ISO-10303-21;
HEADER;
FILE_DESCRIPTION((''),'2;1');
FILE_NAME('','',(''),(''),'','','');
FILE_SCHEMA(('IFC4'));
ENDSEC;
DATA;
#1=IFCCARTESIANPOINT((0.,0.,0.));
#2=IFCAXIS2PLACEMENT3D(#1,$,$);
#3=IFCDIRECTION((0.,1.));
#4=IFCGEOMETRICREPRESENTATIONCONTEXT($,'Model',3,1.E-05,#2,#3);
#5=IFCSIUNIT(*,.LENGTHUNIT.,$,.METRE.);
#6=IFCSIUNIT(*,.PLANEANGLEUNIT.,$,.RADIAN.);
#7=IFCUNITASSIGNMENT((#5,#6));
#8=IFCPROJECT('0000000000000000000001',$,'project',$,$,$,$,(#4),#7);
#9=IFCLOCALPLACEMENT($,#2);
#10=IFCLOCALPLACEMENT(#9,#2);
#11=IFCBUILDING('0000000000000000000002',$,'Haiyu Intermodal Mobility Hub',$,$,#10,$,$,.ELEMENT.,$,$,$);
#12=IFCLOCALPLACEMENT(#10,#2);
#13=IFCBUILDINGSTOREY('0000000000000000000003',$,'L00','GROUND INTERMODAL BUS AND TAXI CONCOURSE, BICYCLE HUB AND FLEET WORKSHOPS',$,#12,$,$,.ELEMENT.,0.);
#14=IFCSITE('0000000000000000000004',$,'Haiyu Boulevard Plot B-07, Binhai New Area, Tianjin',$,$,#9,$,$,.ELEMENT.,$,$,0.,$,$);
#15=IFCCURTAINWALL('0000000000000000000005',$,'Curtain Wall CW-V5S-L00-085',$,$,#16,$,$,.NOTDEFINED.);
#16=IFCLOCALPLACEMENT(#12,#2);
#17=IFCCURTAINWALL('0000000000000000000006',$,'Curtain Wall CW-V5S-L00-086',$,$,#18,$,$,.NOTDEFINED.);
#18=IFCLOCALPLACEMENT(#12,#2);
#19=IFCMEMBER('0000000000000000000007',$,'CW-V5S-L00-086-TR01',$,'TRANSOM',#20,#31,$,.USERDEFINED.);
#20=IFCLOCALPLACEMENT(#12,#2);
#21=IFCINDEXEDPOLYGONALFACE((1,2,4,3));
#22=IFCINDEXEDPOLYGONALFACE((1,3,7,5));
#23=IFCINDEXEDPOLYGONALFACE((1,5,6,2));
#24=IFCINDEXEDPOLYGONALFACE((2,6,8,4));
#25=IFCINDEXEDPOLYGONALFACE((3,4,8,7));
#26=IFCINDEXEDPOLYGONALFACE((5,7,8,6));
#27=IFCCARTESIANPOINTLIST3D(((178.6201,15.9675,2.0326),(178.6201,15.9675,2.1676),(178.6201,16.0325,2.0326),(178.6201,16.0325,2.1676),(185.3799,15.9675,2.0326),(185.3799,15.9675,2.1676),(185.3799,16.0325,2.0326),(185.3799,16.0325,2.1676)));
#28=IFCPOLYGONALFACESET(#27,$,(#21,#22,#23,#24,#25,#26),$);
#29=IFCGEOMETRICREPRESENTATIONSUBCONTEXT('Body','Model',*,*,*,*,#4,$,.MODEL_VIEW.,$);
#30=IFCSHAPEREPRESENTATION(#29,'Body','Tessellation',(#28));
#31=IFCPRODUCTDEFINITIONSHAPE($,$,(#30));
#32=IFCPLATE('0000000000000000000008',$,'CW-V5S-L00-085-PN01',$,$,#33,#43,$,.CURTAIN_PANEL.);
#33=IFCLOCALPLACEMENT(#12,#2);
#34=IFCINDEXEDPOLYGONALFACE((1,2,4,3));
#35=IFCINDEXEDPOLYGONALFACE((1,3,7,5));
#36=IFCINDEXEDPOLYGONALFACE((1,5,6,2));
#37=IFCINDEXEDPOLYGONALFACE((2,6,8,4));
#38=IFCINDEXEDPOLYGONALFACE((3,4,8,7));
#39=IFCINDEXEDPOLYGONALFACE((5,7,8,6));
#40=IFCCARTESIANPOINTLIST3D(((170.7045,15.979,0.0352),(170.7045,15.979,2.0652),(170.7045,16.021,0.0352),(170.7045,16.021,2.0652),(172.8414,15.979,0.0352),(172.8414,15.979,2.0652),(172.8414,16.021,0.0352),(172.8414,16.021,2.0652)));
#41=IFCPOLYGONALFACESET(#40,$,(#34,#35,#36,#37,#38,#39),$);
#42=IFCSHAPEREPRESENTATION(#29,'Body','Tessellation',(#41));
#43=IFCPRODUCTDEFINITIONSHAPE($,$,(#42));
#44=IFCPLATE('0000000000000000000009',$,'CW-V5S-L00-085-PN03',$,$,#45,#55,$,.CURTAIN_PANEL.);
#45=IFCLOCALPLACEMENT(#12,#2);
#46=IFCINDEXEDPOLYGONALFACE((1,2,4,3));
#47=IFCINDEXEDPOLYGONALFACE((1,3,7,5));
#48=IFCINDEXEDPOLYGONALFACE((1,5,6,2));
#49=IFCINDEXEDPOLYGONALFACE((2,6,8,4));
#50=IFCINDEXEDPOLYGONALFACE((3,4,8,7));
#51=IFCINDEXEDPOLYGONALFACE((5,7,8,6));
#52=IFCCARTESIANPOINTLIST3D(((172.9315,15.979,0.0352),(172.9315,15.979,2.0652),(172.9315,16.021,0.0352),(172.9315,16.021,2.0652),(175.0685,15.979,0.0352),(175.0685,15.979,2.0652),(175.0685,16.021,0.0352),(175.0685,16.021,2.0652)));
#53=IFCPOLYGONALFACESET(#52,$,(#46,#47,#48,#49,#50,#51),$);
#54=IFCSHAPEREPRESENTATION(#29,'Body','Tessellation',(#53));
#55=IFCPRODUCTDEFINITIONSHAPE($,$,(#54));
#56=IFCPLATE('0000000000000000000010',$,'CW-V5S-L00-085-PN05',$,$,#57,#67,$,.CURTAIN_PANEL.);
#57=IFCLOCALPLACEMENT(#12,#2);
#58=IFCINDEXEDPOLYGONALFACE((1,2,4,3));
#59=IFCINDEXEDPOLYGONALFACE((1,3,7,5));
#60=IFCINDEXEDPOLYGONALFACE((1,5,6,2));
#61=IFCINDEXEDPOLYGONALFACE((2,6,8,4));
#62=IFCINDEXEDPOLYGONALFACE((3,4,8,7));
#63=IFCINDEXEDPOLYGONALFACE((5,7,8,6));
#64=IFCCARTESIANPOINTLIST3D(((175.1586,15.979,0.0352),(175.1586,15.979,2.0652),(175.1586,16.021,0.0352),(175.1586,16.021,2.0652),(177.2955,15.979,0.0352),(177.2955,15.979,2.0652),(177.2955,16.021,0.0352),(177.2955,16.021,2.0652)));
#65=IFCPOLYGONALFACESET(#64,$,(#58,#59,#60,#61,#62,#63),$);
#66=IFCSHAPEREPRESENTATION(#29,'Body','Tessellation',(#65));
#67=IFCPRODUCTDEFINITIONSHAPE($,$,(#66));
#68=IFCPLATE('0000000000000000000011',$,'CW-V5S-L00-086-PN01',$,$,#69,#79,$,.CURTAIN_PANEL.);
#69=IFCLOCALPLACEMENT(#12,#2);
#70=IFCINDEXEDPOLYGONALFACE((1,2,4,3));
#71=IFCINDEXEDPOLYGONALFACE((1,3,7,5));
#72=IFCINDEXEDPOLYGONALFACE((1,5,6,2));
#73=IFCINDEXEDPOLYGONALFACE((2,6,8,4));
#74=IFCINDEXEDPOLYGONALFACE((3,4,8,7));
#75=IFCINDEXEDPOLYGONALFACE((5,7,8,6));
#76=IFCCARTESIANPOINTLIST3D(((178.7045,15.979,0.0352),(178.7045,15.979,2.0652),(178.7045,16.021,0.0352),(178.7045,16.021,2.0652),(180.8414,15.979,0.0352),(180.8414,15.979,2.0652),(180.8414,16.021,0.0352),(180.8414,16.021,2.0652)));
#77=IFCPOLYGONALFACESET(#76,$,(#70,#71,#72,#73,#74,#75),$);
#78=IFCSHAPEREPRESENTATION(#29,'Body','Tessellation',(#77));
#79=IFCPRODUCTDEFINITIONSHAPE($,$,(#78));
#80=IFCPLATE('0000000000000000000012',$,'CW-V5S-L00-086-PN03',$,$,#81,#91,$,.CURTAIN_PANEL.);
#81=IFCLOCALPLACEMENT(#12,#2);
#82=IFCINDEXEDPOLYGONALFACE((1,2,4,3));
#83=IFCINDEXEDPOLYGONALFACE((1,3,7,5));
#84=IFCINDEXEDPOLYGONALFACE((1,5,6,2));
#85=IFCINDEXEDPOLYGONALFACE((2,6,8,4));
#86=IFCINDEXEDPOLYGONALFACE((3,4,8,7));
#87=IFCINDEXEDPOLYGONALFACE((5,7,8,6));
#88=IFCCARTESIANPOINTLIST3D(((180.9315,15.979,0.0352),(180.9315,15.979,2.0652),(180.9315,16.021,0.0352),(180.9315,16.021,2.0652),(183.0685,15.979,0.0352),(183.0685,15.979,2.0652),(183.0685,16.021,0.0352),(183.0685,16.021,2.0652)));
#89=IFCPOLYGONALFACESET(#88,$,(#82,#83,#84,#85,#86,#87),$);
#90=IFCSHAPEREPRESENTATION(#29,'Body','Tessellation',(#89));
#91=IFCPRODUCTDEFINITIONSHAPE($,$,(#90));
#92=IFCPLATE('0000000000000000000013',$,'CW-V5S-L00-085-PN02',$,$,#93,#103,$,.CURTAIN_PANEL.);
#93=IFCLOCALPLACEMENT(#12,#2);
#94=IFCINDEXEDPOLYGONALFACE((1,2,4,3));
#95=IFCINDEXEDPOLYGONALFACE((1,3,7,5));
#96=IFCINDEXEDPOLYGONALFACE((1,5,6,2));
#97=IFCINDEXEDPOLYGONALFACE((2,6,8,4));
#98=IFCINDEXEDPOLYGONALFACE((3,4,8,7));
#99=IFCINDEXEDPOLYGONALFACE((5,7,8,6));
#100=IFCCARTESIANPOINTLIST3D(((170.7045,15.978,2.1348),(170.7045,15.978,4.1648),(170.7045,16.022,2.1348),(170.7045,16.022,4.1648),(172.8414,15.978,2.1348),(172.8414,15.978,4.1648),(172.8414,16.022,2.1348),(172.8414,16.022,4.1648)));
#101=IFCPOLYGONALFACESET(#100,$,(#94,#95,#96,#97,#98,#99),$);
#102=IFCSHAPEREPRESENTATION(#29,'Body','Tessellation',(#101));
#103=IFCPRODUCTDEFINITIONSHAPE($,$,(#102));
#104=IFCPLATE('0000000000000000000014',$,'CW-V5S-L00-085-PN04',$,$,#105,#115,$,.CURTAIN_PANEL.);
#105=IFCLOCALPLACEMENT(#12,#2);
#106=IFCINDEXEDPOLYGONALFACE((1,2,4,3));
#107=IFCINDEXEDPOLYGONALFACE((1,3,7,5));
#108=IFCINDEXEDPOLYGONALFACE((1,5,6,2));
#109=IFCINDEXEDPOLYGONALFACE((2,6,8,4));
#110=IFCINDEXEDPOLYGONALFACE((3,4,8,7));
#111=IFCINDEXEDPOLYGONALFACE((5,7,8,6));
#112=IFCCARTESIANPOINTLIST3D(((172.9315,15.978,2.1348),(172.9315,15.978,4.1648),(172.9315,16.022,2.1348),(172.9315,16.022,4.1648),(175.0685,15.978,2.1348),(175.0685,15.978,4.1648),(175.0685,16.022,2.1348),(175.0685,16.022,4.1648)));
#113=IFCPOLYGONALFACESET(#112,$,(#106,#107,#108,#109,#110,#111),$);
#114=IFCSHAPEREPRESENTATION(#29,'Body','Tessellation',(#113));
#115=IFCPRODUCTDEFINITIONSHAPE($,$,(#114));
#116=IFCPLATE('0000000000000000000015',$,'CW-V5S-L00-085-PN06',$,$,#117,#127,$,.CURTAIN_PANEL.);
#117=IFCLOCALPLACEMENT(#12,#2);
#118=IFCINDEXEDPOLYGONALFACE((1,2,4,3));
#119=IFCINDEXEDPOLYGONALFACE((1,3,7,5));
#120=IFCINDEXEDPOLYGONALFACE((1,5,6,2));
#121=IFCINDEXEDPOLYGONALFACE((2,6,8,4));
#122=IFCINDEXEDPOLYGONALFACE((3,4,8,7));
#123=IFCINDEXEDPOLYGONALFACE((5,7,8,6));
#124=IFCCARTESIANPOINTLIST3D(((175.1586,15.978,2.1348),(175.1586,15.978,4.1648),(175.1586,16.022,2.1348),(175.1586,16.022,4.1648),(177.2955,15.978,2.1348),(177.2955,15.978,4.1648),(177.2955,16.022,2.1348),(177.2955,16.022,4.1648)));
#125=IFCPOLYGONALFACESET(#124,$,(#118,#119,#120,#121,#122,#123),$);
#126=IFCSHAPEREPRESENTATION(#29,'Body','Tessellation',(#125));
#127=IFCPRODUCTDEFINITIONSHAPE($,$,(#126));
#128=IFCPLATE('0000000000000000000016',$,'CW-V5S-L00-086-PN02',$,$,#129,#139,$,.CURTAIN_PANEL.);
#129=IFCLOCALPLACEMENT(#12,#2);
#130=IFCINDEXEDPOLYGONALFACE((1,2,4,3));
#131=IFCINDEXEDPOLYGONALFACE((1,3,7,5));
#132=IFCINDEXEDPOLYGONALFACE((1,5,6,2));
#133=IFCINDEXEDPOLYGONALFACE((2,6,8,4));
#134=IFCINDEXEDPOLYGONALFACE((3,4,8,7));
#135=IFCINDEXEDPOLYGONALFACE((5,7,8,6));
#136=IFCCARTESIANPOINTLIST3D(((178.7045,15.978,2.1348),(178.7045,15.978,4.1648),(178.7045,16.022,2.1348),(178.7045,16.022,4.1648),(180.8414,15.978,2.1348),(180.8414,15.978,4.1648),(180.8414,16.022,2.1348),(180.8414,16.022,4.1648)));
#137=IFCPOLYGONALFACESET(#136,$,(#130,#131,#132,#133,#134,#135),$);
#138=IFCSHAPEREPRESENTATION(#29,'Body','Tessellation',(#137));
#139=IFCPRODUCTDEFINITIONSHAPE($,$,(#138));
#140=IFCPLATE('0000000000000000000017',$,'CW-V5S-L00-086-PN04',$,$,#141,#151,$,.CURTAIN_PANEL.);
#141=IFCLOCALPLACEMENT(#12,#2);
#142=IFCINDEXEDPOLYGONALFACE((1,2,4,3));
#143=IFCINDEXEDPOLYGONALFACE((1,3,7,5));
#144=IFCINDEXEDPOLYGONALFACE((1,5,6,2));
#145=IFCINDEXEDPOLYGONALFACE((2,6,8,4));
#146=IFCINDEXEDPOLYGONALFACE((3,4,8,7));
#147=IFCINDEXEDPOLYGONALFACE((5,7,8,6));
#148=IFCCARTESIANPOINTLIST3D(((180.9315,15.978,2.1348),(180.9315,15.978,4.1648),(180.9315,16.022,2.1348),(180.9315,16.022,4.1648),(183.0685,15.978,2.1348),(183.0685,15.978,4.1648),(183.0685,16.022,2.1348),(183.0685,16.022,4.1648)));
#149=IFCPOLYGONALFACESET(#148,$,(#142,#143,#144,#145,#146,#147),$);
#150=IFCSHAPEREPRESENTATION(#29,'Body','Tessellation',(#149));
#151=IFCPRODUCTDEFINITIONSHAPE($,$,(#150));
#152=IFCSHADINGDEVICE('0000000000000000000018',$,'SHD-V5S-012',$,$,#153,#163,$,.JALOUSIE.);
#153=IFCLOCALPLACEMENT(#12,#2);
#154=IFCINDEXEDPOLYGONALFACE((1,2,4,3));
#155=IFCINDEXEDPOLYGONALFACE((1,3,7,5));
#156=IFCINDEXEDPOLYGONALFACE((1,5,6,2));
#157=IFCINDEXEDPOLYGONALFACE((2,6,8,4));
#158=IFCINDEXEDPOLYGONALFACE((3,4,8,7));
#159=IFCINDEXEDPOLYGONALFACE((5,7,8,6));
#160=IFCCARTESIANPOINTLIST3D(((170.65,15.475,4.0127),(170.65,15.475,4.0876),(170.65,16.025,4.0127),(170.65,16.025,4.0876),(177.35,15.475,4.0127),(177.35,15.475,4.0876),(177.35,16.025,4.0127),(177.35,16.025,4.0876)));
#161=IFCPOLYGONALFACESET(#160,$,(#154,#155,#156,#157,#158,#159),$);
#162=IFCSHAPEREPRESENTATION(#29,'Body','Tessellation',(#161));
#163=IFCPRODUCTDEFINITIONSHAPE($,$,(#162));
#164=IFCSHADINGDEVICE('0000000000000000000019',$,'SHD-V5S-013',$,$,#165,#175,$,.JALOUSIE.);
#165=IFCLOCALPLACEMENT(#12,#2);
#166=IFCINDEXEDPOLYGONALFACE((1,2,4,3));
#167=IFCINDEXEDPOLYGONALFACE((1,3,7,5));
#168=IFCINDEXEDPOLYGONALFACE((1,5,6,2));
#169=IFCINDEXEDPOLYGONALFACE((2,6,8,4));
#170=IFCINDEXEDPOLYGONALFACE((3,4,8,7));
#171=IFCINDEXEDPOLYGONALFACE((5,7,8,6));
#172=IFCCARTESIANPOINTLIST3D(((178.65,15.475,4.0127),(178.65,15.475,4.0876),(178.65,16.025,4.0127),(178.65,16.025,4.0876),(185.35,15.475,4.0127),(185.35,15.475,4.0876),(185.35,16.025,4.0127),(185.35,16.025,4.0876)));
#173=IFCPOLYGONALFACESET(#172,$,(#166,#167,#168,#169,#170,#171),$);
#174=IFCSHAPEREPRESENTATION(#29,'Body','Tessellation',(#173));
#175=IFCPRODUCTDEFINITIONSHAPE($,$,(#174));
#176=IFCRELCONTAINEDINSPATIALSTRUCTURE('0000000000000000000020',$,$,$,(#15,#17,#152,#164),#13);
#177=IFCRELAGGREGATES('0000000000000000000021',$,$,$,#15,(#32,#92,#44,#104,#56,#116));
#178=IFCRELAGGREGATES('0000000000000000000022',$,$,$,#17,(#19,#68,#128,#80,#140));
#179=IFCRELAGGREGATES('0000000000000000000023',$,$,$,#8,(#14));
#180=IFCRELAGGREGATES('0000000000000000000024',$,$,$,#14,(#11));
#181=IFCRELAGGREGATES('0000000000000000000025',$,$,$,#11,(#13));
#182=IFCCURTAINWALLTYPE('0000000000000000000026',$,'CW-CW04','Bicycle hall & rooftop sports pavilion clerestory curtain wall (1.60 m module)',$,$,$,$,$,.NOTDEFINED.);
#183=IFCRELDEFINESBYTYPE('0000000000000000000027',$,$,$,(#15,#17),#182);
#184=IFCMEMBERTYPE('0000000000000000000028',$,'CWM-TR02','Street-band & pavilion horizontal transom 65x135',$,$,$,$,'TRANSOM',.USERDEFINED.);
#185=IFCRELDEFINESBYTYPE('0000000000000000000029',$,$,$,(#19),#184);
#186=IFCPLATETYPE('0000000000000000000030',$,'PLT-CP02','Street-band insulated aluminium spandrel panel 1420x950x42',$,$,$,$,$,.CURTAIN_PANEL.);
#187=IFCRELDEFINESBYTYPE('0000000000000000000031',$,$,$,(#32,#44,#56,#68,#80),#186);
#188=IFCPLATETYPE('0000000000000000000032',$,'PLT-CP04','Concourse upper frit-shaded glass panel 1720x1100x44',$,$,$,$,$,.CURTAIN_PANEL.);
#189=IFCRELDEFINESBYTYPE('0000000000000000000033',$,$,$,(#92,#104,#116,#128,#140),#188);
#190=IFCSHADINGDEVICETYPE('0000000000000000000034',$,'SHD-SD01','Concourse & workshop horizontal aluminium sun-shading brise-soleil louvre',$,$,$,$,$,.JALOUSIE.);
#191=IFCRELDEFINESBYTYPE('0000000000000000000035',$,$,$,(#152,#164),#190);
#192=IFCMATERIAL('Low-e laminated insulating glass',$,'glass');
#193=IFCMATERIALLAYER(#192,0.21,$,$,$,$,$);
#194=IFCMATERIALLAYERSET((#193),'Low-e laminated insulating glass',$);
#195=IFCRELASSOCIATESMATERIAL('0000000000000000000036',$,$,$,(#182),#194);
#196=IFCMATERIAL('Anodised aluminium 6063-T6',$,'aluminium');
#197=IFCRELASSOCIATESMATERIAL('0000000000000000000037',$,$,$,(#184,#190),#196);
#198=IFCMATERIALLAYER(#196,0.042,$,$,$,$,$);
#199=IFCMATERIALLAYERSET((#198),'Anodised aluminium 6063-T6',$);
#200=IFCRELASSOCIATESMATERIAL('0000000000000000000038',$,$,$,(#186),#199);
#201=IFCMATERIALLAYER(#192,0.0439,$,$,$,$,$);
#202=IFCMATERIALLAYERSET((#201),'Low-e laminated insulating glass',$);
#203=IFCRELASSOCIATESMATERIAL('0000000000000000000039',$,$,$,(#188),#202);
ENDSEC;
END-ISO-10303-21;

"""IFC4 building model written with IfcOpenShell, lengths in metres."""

from ifc_helpers import new_model, si_unit, direction, frame, origin, origin_2d, place, context, subcontext, project, spatial, rectangle, extrude, material, layer, layer_set, material_profile, profile_set, type_object, element, aggregate, save


model = new_model("IFC4")

# Units and contexts
model_context = context("Model", 3, precision=1e-05, world=origin(), true_north=direction((0.0, 1.0)))
body_context = subcontext(model_context, "Body", "Model", "MODEL_VIEW")
ifc_project = project(units=[si_unit("LENGTHUNIT", "METRE"), si_unit("PLANEANGLEUNIT", "RADIAN")], contexts=[model_context])

# Site, building, storey
site_placement = place(None, origin())
site = spatial("IfcSite", under=ifc_project, at=site_placement, Name="Haiyu Boulevard Plot B-07, Binhai New Area, Tianjin", CompositionType="ELEMENT", RefElevation=0.0)
building_placement = place(site_placement, origin())
building = spatial("IfcBuilding", under=site, at=building_placement, Name="Haiyu Intermodal Mobility Hub", CompositionType="ELEMENT")
storey_placement = place(building_placement, origin())
storey = spatial("IfcBuildingStorey", under=building, at=storey_placement, Name="L00", Description="GROUND INTERMODAL BUS AND TAXI CONCOURSE, BICYCLE HUB AND FLEET WORKSHOPS", CompositionType="ELEMENT", Elevation=0.0)

# Curtain walls, member
ifc_material_1 = material(Name="Low-e laminated insulating glass", Category="glass")
ifc_layer_1 = layer(ifc_material_1, 0.21)
ifc_layer_set_1 = layer_set([ifc_layer_1], Name="Low-e laminated insulating glass")
curtain_wall_type = type_object("IfcCurtainWallType", Name="CW-CW04", Description="Bicycle hall & rooftop sports pavilion clerestory curtain wall (1.60 m module)", PredefinedType="NOTDEFINED", material=ifc_layer_set_1)
curtain_wall_1_placement = place(storey_placement, origin())
curtain_wall_1 = element("IfcCurtainWall", 1, at=curtain_wall_1_placement, inside=storey, type_object=curtain_wall_type, Name="Curtain Wall CW-V5S-L00-085", PredefinedType="NOTDEFINED")
ifc_material_2 = material(Name="Anodised aluminium 6063-T6", Category="aluminium")
curtain_wall_2_placement = place(storey_placement, origin())
curtain_wall_2 = element("IfcCurtainWall", 2, at=curtain_wall_2_placement, inside=storey, type_object=curtain_wall_type, Name="Curtain Wall CW-V5S-L00-086", PredefinedType="NOTDEFINED")
ifc_material_profile_1 = material_profile(ifc_material_2, rectangle(XDim=0.0649, YDim=0.135, at=origin_2d()), Name="ALU65x135")
ifc_profile_set_1 = profile_set([ifc_material_profile_1], Name="Anodised aluminium 6063-T6")
member_type_1 = type_object("IfcMemberType", Name="CWM-TR02", Description="Street-band & pavilion horizontal transom 65x135", ElementType="TRANSOM", PredefinedType="USERDEFINED", material=ifc_profile_set_1)
member_1_placement = place(storey_placement, frame((178.6201, 16.0, 2.1001), z_axis=(1.0, 0.0, 0.0), x_axis=(0.0, 1.0, 0.0)))
member_1 = element("IfcMember", 3, at=member_1_placement, type_object=member_type_1, Name="CW-V5S-L00-086-TR01", ObjectType="TRANSOM", PredefinedType="USERDEFINED", context=body_context, shape_type="SweptSolid", body=[
    extrude(rectangle(XDim=0.0649, YDim=0.135, at=origin_2d()), origin(), (0.0, 0.0, 1.0), 6.7598),
])

# Plates
ifc_layer_2 = layer(ifc_material_2, 0.042)
ifc_layer_set_2 = layer_set([ifc_layer_2], Name="Anodised aluminium 6063-T6")
plate_type_1 = type_object("IfcPlateType", Name="PLT-CP02", Description="Street-band insulated aluminium spandrel panel 1420x950x42", PredefinedType="CURTAIN_PANEL", material=ifc_layer_set_2)
plate_1_placement = place(storey_placement, frame((171.7729, 16.0, 0.0352), z_axis=(0.0, 0.0, 1.0), x_axis=(1.0, 0.0, 0.0)))
plate_1 = element("IfcPlate", 4, at=plate_1_placement, type_object=plate_type_1, Name="CW-V5S-L00-085-PN01", PredefinedType="CURTAIN_PANEL", context=body_context, shape_type="SweptSolid", body=[
    extrude(rectangle(XDim=2.137, YDim=0.042, at=origin_2d()), origin(), (0.0, 0.0, 1.0), 2.03),
])
plate_2_placement = place(storey_placement, frame((174.0, 16.0, 0.0352), z_axis=(0.0, 0.0, 1.0), x_axis=(1.0, 0.0, 0.0)))
plate_2 = element("IfcPlate", 5, at=plate_2_placement, type_object=plate_type_1, Name="CW-V5S-L00-085-PN03", PredefinedType="CURTAIN_PANEL", context=body_context, shape_type="SweptSolid", body=[
    extrude(rectangle(XDim=2.137, YDim=0.042, at=origin_2d()), origin(), (0.0, 0.0, 1.0), 2.03),
])
plate_3_placement = place(storey_placement, frame((176.2271, 16.0, 0.0352), z_axis=(0.0, 0.0, 1.0), x_axis=(1.0, 0.0, 0.0)))
plate_3 = element("IfcPlate", 6, at=plate_3_placement, type_object=plate_type_1, Name="CW-V5S-L00-085-PN05", PredefinedType="CURTAIN_PANEL", context=body_context, shape_type="SweptSolid", body=[
    extrude(rectangle(XDim=2.137, YDim=0.042, at=origin_2d()), origin(), (0.0, 0.0, 1.0), 2.03),
])
plate_4_placement = place(storey_placement, frame((179.7729, 16.0, 0.0352), z_axis=(0.0, 0.0, 1.0), x_axis=(1.0, 0.0, 0.0)))
plate_4 = element("IfcPlate", 7, at=plate_4_placement, type_object=plate_type_1, Name="CW-V5S-L00-086-PN01", PredefinedType="CURTAIN_PANEL", context=body_context, shape_type="SweptSolid", body=[
    extrude(rectangle(XDim=2.137, YDim=0.042, at=origin_2d()), origin(), (0.0, 0.0, 1.0), 2.03),
])
plate_5_placement = place(storey_placement, frame((182.0, 16.0, 0.0352), z_axis=(0.0, 0.0, 1.0), x_axis=(1.0, 0.0, 0.0)))
plate_5 = element("IfcPlate", 8, at=plate_5_placement, type_object=plate_type_1, Name="CW-V5S-L00-086-PN03", PredefinedType="CURTAIN_PANEL", context=body_context, shape_type="SweptSolid", body=[
    extrude(rectangle(XDim=2.137, YDim=0.042, at=origin_2d()), origin(), (0.0, 0.0, 1.0), 2.03),
])
ifc_layer_3 = layer(ifc_material_1, 0.0439)
ifc_layer_set_3 = layer_set([ifc_layer_3], Name="Low-e laminated insulating glass")
plate_type_2 = type_object("IfcPlateType", Name="PLT-CP04", Description="Concourse upper frit-shaded glass panel 1720x1100x44", PredefinedType="CURTAIN_PANEL", material=ifc_layer_set_3)
plate_6_placement = place(storey_placement, frame((171.7729, 16.0, 2.1348), z_axis=(0.0, 0.0, 1.0), x_axis=(1.0, 0.0, 0.0)))
plate_6 = element("IfcPlate", 9, at=plate_6_placement, type_object=plate_type_2, Name="CW-V5S-L00-085-PN02", PredefinedType="CURTAIN_PANEL", context=body_context, shape_type="SweptSolid", body=[
    extrude(rectangle(XDim=2.137, YDim=0.0439, at=origin_2d()), origin(), (0.0, 0.0, 1.0), 2.03),
])
plate_7_placement = place(storey_placement, frame((174.0, 16.0, 2.1348), z_axis=(0.0, 0.0, 1.0), x_axis=(1.0, 0.0, 0.0)))
plate_7 = element("IfcPlate", 10, at=plate_7_placement, type_object=plate_type_2, Name="CW-V5S-L00-085-PN04", PredefinedType="CURTAIN_PANEL", context=body_context, shape_type="SweptSolid", body=[
    extrude(rectangle(XDim=2.137, YDim=0.0439, at=origin_2d()), origin(), (0.0, 0.0, 1.0), 2.03),
])
plate_8_placement = place(storey_placement, frame((176.2271, 16.0, 2.1348), z_axis=(0.0, 0.0, 1.0), x_axis=(1.0, 0.0, 0.0)))
plate_8 = element("IfcPlate", 11, at=plate_8_placement, type_object=plate_type_2, Name="CW-V5S-L00-085-PN06", PredefinedType="CURTAIN_PANEL", context=body_context, shape_type="SweptSolid", body=[
    extrude(rectangle(XDim=2.137, YDim=0.0439, at=origin_2d()), origin(), (0.0, 0.0, 1.0), 2.03),
])
aggregate(curtain_wall_1, [plate_1, plate_6, plate_2, plate_7, plate_3, plate_8])
plate_9_placement = place(storey_placement, frame((179.7729, 16.0, 2.1348), z_axis=(0.0, 0.0, 1.0), x_axis=(1.0, 0.0, 0.0)))
plate_9 = element("IfcPlate", 12, at=plate_9_placement, type_object=plate_type_2, Name="CW-V5S-L00-086-PN02", PredefinedType="CURTAIN_PANEL", context=body_context, shape_type="SweptSolid", body=[
    extrude(rectangle(XDim=2.137, YDim=0.0439, at=origin_2d()), origin(), (0.0, 0.0, 1.0), 2.03),
])
plate_10_placement = place(storey_placement, frame((182.0, 16.0, 2.1348), z_axis=(0.0, 0.0, 1.0), x_axis=(1.0, 0.0, 0.0)))
plate_10 = element("IfcPlate", 13, at=plate_10_placement, type_object=plate_type_2, Name="CW-V5S-L00-086-PN04", PredefinedType="CURTAIN_PANEL", context=body_context, shape_type="SweptSolid", body=[
    extrude(rectangle(XDim=2.137, YDim=0.0439, at=origin_2d()), origin(), (0.0, 0.0, 1.0), 2.03),
])
aggregate(curtain_wall_2, [member_1, plate_4, plate_9, plate_5, plate_10])

# Shading devices
ifc_material_profile_2 = material_profile(ifc_material_2, rectangle(XDim=0.0801, YDim=0.45, at=origin_2d()), Name="FIN80x450")
ifc_profile_set_2 = profile_set([ifc_material_profile_2], Name="Anodised aluminium 6063-T6")
shading_device_type = type_object("IfcShadingDeviceType", Name="SHD-SD01", Description="Concourse & workshop horizontal aluminium sun-shading brise-soleil louvre", PredefinedType="JALOUSIE", material=ifc_profile_set_2)
for number, where, z_axis, x_axis, name in (
    (14, (174.0, 15.75, 4.0127), (0.0, 0.0, 1.0), (1.0, 0.0, 0.0), "SHD-V5S-012"),
    (15, (182.0, 15.75, 4.0127), (0.0, 0.0, 1.0), (1.0, 0.0, 0.0), "SHD-V5S-013"),
):
    element("IfcShadingDevice", number, at=place(storey_placement, frame(where, z_axis=z_axis, x_axis=x_axis)), inside=storey, type_object=shading_device_type, Name=name, PredefinedType="JALOUSIE", context=body_context, shape_type="SweptSolid", body=[
        extrude(rectangle(XDim=6.7, YDim=0.55, at=origin_2d()), origin(), (0.0, 0.0, 1.0), 0.075),
    ])

save(model, "model.ifc")
